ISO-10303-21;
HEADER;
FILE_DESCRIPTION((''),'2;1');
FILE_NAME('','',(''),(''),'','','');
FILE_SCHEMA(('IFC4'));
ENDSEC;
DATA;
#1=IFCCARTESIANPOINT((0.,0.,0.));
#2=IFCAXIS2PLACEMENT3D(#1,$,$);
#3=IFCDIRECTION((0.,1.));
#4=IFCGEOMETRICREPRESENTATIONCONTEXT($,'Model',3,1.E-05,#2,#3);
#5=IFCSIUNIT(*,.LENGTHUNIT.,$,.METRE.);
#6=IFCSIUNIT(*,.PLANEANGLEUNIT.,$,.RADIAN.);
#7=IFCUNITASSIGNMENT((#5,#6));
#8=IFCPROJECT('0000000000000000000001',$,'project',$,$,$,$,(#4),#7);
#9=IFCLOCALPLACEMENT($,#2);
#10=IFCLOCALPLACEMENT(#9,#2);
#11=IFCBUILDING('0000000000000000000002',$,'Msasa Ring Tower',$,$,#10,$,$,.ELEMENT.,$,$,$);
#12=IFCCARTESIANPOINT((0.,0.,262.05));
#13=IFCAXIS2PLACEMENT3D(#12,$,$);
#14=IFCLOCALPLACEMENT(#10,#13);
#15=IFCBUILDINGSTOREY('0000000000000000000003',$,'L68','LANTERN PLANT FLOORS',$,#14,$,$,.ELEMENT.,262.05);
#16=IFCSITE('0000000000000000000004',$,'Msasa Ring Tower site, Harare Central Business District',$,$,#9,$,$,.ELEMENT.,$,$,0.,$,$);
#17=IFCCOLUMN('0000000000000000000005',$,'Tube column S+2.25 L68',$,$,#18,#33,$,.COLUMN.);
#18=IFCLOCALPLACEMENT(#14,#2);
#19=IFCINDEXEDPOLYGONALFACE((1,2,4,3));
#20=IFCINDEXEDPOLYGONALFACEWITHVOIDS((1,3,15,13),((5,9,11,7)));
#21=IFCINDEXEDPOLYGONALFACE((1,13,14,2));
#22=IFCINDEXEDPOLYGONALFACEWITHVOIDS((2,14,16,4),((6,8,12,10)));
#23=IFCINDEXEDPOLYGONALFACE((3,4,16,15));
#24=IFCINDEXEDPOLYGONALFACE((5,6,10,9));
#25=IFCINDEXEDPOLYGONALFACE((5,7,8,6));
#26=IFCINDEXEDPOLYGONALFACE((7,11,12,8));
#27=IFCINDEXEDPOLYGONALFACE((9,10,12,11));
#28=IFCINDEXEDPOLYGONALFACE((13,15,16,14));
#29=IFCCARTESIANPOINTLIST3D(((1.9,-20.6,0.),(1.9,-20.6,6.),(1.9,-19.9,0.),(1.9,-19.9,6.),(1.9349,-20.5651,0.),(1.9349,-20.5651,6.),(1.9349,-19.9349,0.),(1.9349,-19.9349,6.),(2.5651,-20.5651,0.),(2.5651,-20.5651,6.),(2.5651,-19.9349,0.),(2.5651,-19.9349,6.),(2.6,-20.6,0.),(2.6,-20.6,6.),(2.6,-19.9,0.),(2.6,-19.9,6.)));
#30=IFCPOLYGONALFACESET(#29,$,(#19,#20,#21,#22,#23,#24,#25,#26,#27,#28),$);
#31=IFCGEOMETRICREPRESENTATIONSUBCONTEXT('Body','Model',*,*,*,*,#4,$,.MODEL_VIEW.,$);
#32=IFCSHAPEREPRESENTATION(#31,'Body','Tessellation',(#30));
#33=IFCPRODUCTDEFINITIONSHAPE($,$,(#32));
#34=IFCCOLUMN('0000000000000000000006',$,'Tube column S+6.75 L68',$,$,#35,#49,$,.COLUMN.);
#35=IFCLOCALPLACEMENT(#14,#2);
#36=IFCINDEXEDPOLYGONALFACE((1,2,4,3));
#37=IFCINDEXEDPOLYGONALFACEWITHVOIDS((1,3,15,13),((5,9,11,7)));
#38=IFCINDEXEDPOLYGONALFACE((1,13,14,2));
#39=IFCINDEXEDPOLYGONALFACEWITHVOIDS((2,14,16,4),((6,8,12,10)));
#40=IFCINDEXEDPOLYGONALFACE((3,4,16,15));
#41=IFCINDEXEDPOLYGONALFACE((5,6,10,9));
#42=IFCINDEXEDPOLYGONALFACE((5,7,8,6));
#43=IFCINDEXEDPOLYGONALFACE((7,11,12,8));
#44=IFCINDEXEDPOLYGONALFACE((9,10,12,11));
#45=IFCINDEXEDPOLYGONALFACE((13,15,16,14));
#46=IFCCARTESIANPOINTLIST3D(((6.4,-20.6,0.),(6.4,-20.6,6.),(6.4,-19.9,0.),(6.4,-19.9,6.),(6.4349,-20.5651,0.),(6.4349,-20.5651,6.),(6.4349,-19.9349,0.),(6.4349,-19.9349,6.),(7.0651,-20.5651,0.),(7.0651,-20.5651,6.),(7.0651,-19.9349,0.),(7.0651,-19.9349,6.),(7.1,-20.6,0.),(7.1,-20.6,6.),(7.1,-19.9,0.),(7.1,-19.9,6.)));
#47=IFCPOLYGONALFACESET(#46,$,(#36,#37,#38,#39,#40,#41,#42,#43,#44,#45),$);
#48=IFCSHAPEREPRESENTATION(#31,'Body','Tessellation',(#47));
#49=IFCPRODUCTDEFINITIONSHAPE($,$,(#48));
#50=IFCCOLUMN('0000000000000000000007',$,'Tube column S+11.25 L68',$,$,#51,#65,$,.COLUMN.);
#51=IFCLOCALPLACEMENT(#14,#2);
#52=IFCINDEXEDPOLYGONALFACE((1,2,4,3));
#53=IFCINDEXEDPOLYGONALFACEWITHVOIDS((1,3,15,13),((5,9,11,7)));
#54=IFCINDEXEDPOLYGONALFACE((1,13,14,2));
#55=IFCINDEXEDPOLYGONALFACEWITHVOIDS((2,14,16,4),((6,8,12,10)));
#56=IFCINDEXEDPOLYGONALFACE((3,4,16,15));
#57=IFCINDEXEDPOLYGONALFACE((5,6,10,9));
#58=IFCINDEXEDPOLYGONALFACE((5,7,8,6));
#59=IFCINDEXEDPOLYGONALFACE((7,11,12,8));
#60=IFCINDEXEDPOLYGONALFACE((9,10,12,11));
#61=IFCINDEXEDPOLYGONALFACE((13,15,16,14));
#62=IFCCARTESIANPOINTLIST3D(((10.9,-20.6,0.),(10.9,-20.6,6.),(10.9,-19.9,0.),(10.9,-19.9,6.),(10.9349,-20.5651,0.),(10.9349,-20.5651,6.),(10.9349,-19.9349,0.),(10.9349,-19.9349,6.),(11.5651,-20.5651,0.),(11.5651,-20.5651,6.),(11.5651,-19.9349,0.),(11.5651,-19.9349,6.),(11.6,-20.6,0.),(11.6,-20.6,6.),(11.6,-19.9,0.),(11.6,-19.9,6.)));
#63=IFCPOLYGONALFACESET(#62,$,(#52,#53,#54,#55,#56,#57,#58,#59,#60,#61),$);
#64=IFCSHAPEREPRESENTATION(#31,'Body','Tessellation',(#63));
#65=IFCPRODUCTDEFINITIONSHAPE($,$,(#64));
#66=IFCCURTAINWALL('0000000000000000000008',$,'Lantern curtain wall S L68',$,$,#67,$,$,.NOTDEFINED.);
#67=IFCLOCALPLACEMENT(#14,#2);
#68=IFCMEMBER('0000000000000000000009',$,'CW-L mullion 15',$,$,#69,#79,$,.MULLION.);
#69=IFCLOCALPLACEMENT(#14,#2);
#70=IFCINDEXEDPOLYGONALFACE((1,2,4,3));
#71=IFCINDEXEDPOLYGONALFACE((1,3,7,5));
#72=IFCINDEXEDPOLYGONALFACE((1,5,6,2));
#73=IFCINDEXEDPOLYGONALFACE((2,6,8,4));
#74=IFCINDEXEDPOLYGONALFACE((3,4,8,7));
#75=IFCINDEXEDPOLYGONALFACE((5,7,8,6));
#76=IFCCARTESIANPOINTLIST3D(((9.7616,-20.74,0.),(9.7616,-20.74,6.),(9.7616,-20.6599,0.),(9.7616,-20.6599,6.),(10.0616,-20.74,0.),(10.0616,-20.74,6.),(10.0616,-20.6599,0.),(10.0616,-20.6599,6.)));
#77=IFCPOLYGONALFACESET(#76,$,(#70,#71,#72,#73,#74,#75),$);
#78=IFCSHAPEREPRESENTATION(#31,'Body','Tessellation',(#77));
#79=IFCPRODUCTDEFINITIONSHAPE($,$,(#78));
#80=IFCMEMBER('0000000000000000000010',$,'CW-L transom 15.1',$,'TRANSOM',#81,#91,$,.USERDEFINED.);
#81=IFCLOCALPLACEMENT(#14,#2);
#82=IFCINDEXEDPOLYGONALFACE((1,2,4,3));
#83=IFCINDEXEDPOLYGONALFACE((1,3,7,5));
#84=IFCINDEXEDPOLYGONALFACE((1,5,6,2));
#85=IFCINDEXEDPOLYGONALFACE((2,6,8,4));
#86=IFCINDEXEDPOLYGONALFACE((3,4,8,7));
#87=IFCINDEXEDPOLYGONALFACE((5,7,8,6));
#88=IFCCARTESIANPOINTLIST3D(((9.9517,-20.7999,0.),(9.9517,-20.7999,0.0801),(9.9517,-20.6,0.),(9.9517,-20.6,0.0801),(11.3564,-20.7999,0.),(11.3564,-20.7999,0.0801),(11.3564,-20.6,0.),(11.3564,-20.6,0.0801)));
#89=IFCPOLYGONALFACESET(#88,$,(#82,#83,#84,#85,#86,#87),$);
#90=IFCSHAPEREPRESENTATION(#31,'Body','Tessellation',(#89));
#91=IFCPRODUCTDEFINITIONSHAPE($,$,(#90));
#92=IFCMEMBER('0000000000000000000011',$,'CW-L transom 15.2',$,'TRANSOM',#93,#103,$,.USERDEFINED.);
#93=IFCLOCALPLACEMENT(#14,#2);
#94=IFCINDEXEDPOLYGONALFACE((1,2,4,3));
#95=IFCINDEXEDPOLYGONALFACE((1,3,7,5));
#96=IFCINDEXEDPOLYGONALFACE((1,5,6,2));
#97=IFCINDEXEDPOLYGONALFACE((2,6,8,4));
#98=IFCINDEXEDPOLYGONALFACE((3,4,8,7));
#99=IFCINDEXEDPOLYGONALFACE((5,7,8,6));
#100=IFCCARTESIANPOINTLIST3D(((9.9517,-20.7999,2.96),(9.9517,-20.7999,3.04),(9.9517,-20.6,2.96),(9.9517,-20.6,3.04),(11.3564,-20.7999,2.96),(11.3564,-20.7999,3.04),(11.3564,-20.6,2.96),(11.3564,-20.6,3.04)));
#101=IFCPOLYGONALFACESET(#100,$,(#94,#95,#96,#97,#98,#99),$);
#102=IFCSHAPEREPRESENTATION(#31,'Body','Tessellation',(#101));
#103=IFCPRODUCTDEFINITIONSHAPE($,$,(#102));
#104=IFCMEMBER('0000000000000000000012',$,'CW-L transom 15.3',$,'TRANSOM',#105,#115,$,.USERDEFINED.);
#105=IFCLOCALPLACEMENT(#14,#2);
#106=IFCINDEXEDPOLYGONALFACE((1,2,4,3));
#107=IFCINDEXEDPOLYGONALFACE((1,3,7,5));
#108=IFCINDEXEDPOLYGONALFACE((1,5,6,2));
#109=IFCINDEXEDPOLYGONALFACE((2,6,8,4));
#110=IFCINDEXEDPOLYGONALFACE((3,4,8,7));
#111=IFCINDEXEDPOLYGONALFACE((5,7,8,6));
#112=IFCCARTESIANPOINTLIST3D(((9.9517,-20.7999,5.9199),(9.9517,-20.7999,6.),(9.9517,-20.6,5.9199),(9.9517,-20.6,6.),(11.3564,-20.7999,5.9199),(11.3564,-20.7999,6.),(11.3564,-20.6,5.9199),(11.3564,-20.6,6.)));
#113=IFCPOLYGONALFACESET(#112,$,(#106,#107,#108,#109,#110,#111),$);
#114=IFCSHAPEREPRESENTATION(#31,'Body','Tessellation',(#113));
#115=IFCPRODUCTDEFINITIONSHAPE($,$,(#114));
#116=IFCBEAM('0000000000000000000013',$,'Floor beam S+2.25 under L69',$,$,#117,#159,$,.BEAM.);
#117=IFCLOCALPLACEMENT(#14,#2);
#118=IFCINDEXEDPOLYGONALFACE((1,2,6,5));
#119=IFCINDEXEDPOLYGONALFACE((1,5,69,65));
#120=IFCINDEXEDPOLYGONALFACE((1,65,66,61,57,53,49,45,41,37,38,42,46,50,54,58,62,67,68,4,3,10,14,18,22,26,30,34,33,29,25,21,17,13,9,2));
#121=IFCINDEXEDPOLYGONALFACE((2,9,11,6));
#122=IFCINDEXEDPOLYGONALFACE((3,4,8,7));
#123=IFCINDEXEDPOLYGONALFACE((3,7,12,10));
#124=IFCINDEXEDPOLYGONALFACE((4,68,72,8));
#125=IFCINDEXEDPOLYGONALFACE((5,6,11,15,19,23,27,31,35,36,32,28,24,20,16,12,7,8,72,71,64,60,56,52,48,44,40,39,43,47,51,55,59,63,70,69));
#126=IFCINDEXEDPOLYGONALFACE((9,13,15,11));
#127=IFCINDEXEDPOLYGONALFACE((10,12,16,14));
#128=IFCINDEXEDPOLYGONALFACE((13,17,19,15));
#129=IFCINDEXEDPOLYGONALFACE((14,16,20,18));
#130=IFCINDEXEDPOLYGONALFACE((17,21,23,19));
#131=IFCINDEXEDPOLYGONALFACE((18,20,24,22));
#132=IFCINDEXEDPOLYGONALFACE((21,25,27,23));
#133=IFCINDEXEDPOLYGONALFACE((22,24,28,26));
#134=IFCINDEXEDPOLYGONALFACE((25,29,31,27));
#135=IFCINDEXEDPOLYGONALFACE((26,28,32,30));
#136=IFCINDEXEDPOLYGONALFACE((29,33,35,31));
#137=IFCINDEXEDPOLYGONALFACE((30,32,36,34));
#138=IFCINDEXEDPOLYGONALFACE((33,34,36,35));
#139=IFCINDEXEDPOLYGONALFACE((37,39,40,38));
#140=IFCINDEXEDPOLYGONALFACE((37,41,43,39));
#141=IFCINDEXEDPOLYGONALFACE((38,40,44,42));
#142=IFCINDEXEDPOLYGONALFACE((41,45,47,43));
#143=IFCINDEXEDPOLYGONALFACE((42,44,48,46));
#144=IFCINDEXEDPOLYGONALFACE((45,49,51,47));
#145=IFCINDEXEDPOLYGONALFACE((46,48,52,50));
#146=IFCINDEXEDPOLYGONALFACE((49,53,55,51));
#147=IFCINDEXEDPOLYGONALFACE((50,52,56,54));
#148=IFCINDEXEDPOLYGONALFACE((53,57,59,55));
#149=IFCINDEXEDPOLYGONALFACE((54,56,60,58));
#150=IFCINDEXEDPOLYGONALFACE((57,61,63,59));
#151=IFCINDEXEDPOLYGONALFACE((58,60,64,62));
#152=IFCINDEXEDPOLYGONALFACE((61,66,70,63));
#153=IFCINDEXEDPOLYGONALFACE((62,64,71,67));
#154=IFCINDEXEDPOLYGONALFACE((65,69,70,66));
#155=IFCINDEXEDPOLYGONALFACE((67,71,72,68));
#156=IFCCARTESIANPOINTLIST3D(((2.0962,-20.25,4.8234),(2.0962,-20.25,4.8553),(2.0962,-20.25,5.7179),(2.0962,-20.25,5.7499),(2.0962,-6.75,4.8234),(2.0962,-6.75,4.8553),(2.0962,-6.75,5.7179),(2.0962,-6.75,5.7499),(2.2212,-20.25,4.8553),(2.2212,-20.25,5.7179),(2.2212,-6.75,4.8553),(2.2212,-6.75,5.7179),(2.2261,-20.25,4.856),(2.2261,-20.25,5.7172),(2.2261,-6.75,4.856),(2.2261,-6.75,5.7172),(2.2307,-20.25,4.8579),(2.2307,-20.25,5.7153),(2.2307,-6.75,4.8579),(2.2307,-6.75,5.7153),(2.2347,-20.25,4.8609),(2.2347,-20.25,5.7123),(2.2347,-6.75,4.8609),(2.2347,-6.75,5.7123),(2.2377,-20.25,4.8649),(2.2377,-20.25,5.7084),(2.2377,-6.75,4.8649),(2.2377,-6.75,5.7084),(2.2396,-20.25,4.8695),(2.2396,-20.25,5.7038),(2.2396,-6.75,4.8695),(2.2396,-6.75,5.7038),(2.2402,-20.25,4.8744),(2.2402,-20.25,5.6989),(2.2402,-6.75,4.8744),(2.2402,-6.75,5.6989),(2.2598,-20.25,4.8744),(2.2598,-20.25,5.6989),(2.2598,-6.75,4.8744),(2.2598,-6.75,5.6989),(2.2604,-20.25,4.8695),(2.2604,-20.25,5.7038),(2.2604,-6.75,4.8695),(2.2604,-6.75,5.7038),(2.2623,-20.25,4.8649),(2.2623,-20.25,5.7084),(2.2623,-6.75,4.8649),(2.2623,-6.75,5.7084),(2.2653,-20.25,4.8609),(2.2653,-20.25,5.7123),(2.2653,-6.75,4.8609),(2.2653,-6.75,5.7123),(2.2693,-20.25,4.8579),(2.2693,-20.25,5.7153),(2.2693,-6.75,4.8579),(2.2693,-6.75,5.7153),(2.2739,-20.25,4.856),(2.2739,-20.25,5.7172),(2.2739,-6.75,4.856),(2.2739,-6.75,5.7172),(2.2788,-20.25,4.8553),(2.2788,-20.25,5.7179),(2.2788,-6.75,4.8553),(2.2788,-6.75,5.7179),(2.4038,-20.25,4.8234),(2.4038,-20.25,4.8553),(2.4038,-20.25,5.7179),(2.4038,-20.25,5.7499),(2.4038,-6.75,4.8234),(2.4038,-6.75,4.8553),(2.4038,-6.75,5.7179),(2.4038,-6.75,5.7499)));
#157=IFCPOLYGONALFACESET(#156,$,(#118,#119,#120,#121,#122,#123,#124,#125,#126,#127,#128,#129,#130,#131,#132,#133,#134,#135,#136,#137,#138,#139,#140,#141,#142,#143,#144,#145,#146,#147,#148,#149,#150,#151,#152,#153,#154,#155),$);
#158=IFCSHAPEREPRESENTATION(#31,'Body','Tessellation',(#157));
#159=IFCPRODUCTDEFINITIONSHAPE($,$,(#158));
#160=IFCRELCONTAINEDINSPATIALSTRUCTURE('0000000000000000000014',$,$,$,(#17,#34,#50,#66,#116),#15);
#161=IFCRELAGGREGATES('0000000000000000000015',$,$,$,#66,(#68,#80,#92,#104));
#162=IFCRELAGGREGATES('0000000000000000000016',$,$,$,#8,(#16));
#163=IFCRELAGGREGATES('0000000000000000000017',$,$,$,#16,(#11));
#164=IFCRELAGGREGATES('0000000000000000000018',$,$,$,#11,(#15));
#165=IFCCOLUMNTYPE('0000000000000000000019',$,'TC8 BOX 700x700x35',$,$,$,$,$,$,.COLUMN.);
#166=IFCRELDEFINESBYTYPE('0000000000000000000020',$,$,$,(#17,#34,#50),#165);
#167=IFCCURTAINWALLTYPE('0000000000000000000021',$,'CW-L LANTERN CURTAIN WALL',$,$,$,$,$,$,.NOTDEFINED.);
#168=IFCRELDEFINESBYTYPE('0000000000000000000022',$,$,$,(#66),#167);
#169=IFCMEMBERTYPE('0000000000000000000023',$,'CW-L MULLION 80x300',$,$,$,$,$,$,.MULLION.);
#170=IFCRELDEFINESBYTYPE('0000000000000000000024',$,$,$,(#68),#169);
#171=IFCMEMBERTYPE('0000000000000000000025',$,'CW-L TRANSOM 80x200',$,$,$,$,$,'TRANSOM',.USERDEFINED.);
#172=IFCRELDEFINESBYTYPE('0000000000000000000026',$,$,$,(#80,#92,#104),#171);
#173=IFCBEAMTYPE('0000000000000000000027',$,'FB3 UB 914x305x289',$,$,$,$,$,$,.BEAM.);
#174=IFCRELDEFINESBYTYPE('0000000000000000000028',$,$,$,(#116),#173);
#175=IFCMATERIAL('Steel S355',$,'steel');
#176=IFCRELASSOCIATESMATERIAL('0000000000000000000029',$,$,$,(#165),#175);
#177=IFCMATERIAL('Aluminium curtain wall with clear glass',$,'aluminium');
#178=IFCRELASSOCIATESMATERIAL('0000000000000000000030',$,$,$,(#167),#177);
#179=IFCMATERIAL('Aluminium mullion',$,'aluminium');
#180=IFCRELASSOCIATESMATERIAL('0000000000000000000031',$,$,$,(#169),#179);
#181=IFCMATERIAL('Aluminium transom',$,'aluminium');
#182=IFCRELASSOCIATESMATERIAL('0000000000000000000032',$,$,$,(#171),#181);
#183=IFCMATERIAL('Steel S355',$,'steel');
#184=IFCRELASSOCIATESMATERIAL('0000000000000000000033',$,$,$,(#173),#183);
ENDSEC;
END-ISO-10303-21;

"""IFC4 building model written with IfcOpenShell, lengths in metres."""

from ifc_helpers import new_model, si_unit, direction, frame, origin, origin_2d, place, context, subcontext, project, spatial, rectangle, hollow_rectangle, i_section, extrude, material, material_profile, profile_set, type_object, element, aggregate, save


model = new_model("IFC4")

# Units and contexts
model_context = context("Model", 3, precision=1e-05, world=origin(), true_north=direction((0.0, 1.0)))
body_context = subcontext(model_context, "Body", "Model", "MODEL_VIEW")
ifc_project = project(units=[si_unit("LENGTHUNIT", "METRE"), si_unit("PLANEANGLEUNIT", "RADIAN")], contexts=[model_context])

# Site, building, storey
site_placement = place(None, origin())
site = spatial("IfcSite", under=ifc_project, at=site_placement, Name="Msasa Ring Tower site, Harare Central Business District", CompositionType="ELEMENT", RefElevation=0.0)
building_placement = place(site_placement, origin())
building = spatial("IfcBuilding", under=site, at=building_placement, Name="Msasa Ring Tower", CompositionType="ELEMENT")
storey_placement = place(building_placement, frame((0.0, 0.0, 262.05)))
storey = spatial("IfcBuildingStorey", under=building, at=storey_placement, Name="L68", Description="LANTERN PLANT FLOORS", CompositionType="ELEMENT", Elevation=262.05)

# Columns
ifc_material_1 = material(Name="Steel S355", Category="steel")
ifc_material_profile_1 = material_profile(ifc_material_1, hollow_rectangle(XDim=0.7, YDim=0.7, WallThickness=0.0349, at=origin_2d()), Name="BOX 700x700x35")
ifc_profile_set_1 = profile_set([ifc_material_profile_1], Name="Steel S355")
column_type = type_object("IfcColumnType", Name="TC8 BOX 700x700x35", PredefinedType="COLUMN", material=ifc_profile_set_1)
for number, where, z_axis, x_axis, name in (
    (1, (2.25, -20.25, 0.0), (0.0, 0.0, 1.0), (0.0, 1.0, 0.0), "Tube column S+2.25 L68"),
    (2, (6.75, -20.25, 0.0), (0.0, 0.0, 1.0), (0.0, 1.0, 0.0), "Tube column S+6.75 L68"),
    (3, (11.25, -20.25, 0.0), (0.0, 0.0, 1.0), (0.0, 1.0, 0.0), "Tube column S+11.25 L68"),
):
    element("IfcColumn", number, at=place(storey_placement, frame(where, z_axis=z_axis, x_axis=x_axis)), inside=storey, type_object=column_type, Name=name, PredefinedType="COLUMN", context=body_context, shape_type="SweptSolid", body=[
        extrude(hollow_rectangle(XDim=0.7, YDim=0.7, WallThickness=0.0349, at=origin_2d()), origin(), (0.0, 0.0, 1.0), 6.0),
    ])

# Curtain wall, members
ifc_material_2 = material(Name="Aluminium curtain wall with clear glass", Category="aluminium")
curtain_wall_type = type_object("IfcCurtainWallType", Name="CW-L LANTERN CURTAIN WALL", PredefinedType="NOTDEFINED", material=ifc_material_2)
curtain_wall_placement = place(storey_placement, origin())
curtain_wall = element("IfcCurtainWall", 4, at=curtain_wall_placement, inside=storey, type_object=curtain_wall_type, Name="Lantern curtain wall S L68", PredefinedType="NOTDEFINED")
ifc_material_3 = material(Name="Aluminium mullion", Category="aluminium")
ifc_material_profile_2 = material_profile(ifc_material_3, rectangle(XDim=0.0801, YDim=0.3, at=origin_2d()), Name="AL 80x300")
ifc_profile_set_2 = profile_set([ifc_material_profile_2], Name="Aluminium mullion")
member_type_1 = type_object("IfcMemberType", Name="CW-L MULLION 80x300", PredefinedType="MULLION", material=ifc_profile_set_2)
member_1_placement = place(storey_placement, frame((9.9116, -20.7, 0.0), z_axis=(0.0, 0.0, 1.0), x_axis=(0.0, 1.0, 0.0)))
member_1 = element("IfcMember", 5, at=member_1_placement, type_object=member_type_1, Name="CW-L mullion 15", PredefinedType="MULLION", context=body_context, shape_type="SweptSolid", body=[
    extrude(rectangle(XDim=0.0801, YDim=0.3, at=origin_2d()), origin(), (0.0, 0.0, 1.0), 6.0),
])
ifc_material_4 = material(Name="Aluminium transom", Category="aluminium")
ifc_material_profile_3 = material_profile(ifc_material_4, rectangle(XDim=0.2, YDim=0.0801, at=origin_2d()), Name="AL 80x200")
ifc_profile_set_3 = profile_set([ifc_material_profile_3], Name="Aluminium transom")
member_type_2 = type_object("IfcMemberType", Name="CW-L TRANSOM 80x200", ElementType="TRANSOM", PredefinedType="USERDEFINED", material=ifc_profile_set_3)
member_2_placement = place(storey_placement, frame((9.9517, -20.7, 0.04), z_axis=(1.0, 0.0, 0.0), x_axis=(0.0, 1.0, 0.0)))
member_2 = element("IfcMember", 6, at=member_2_placement, type_object=member_type_2, Name="CW-L transom 15.1", ObjectType="TRANSOM", PredefinedType="USERDEFINED", context=body_context, shape_type="SweptSolid", body=[
    extrude(rectangle(XDim=0.2, YDim=0.0801, at=origin_2d()), origin(), (0.0, 0.0, 1.0), 1.4048),
])
member_3_placement = place(storey_placement, frame((9.9517, -20.7, 3.0), z_axis=(1.0, 0.0, 0.0), x_axis=(0.0, 1.0, 0.0)))
member_3 = element("IfcMember", 7, at=member_3_placement, type_object=member_type_2, Name="CW-L transom 15.2", ObjectType="TRANSOM", PredefinedType="USERDEFINED", context=body_context, shape_type="SweptSolid", body=[
    extrude(rectangle(XDim=0.2, YDim=0.0801, at=origin_2d()), origin(), (0.0, 0.0, 1.0), 1.4048),
])
member_4_placement = place(storey_placement, frame((9.9517, -20.7, 5.96), z_axis=(1.0, 0.0, 0.0), x_axis=(0.0, 1.0, 0.0)))
member_4 = element("IfcMember", 8, at=member_4_placement, type_object=member_type_2, Name="CW-L transom 15.3", ObjectType="TRANSOM", PredefinedType="USERDEFINED", context=body_context, shape_type="SweptSolid", body=[
    extrude(rectangle(XDim=0.2, YDim=0.0801, at=origin_2d()), origin(), (0.0, 0.0, 1.0), 1.4048),
])

# Beam
ifc_material_5 = material(Name="Steel S355", Category="steel")
ifc_material_profile_4 = material_profile(ifc_material_5, i_section(OverallWidth=0.3076, OverallDepth=0.9265, WebThickness=0.0195, FlangeThickness=0.032, FilletRadius=0.019, at=origin_2d()), Name="UB 914x305x289")
ifc_profile_set_4 = profile_set([ifc_material_profile_4], Name="Steel S355")
beam_type_1 = type_object("IfcBeamType", Name="FB3 UB 914x305x289", PredefinedType="BEAM", material=ifc_profile_set_4)
for number, where, z_axis, x_axis, name in (
    (9, (2.25, -20.25, 5.2866), (0.0, 1.0, 0.0), (-1.0, 0.0, 0.0), "Floor beam S+2.25 under L69"),
):
    element("IfcBeam", number, at=place(storey_placement, frame(where, z_axis=z_axis, x_axis=x_axis)), inside=storey, type_object=beam_type_1, Name=name, PredefinedType="BEAM", context=body_context, shape_type="SweptSolid", body=[
        extrude(i_section(OverallWidth=0.3076, OverallDepth=0.9265, WebThickness=0.0195, FlangeThickness=0.032, FilletRadius=0.019, at=origin_2d()), origin(), (0.0, 0.0, 1.0), 13.5),
    ])

aggregate(curtain_wall, [member_1, member_2, member_3, member_4])

save(model, "model.ifc")
